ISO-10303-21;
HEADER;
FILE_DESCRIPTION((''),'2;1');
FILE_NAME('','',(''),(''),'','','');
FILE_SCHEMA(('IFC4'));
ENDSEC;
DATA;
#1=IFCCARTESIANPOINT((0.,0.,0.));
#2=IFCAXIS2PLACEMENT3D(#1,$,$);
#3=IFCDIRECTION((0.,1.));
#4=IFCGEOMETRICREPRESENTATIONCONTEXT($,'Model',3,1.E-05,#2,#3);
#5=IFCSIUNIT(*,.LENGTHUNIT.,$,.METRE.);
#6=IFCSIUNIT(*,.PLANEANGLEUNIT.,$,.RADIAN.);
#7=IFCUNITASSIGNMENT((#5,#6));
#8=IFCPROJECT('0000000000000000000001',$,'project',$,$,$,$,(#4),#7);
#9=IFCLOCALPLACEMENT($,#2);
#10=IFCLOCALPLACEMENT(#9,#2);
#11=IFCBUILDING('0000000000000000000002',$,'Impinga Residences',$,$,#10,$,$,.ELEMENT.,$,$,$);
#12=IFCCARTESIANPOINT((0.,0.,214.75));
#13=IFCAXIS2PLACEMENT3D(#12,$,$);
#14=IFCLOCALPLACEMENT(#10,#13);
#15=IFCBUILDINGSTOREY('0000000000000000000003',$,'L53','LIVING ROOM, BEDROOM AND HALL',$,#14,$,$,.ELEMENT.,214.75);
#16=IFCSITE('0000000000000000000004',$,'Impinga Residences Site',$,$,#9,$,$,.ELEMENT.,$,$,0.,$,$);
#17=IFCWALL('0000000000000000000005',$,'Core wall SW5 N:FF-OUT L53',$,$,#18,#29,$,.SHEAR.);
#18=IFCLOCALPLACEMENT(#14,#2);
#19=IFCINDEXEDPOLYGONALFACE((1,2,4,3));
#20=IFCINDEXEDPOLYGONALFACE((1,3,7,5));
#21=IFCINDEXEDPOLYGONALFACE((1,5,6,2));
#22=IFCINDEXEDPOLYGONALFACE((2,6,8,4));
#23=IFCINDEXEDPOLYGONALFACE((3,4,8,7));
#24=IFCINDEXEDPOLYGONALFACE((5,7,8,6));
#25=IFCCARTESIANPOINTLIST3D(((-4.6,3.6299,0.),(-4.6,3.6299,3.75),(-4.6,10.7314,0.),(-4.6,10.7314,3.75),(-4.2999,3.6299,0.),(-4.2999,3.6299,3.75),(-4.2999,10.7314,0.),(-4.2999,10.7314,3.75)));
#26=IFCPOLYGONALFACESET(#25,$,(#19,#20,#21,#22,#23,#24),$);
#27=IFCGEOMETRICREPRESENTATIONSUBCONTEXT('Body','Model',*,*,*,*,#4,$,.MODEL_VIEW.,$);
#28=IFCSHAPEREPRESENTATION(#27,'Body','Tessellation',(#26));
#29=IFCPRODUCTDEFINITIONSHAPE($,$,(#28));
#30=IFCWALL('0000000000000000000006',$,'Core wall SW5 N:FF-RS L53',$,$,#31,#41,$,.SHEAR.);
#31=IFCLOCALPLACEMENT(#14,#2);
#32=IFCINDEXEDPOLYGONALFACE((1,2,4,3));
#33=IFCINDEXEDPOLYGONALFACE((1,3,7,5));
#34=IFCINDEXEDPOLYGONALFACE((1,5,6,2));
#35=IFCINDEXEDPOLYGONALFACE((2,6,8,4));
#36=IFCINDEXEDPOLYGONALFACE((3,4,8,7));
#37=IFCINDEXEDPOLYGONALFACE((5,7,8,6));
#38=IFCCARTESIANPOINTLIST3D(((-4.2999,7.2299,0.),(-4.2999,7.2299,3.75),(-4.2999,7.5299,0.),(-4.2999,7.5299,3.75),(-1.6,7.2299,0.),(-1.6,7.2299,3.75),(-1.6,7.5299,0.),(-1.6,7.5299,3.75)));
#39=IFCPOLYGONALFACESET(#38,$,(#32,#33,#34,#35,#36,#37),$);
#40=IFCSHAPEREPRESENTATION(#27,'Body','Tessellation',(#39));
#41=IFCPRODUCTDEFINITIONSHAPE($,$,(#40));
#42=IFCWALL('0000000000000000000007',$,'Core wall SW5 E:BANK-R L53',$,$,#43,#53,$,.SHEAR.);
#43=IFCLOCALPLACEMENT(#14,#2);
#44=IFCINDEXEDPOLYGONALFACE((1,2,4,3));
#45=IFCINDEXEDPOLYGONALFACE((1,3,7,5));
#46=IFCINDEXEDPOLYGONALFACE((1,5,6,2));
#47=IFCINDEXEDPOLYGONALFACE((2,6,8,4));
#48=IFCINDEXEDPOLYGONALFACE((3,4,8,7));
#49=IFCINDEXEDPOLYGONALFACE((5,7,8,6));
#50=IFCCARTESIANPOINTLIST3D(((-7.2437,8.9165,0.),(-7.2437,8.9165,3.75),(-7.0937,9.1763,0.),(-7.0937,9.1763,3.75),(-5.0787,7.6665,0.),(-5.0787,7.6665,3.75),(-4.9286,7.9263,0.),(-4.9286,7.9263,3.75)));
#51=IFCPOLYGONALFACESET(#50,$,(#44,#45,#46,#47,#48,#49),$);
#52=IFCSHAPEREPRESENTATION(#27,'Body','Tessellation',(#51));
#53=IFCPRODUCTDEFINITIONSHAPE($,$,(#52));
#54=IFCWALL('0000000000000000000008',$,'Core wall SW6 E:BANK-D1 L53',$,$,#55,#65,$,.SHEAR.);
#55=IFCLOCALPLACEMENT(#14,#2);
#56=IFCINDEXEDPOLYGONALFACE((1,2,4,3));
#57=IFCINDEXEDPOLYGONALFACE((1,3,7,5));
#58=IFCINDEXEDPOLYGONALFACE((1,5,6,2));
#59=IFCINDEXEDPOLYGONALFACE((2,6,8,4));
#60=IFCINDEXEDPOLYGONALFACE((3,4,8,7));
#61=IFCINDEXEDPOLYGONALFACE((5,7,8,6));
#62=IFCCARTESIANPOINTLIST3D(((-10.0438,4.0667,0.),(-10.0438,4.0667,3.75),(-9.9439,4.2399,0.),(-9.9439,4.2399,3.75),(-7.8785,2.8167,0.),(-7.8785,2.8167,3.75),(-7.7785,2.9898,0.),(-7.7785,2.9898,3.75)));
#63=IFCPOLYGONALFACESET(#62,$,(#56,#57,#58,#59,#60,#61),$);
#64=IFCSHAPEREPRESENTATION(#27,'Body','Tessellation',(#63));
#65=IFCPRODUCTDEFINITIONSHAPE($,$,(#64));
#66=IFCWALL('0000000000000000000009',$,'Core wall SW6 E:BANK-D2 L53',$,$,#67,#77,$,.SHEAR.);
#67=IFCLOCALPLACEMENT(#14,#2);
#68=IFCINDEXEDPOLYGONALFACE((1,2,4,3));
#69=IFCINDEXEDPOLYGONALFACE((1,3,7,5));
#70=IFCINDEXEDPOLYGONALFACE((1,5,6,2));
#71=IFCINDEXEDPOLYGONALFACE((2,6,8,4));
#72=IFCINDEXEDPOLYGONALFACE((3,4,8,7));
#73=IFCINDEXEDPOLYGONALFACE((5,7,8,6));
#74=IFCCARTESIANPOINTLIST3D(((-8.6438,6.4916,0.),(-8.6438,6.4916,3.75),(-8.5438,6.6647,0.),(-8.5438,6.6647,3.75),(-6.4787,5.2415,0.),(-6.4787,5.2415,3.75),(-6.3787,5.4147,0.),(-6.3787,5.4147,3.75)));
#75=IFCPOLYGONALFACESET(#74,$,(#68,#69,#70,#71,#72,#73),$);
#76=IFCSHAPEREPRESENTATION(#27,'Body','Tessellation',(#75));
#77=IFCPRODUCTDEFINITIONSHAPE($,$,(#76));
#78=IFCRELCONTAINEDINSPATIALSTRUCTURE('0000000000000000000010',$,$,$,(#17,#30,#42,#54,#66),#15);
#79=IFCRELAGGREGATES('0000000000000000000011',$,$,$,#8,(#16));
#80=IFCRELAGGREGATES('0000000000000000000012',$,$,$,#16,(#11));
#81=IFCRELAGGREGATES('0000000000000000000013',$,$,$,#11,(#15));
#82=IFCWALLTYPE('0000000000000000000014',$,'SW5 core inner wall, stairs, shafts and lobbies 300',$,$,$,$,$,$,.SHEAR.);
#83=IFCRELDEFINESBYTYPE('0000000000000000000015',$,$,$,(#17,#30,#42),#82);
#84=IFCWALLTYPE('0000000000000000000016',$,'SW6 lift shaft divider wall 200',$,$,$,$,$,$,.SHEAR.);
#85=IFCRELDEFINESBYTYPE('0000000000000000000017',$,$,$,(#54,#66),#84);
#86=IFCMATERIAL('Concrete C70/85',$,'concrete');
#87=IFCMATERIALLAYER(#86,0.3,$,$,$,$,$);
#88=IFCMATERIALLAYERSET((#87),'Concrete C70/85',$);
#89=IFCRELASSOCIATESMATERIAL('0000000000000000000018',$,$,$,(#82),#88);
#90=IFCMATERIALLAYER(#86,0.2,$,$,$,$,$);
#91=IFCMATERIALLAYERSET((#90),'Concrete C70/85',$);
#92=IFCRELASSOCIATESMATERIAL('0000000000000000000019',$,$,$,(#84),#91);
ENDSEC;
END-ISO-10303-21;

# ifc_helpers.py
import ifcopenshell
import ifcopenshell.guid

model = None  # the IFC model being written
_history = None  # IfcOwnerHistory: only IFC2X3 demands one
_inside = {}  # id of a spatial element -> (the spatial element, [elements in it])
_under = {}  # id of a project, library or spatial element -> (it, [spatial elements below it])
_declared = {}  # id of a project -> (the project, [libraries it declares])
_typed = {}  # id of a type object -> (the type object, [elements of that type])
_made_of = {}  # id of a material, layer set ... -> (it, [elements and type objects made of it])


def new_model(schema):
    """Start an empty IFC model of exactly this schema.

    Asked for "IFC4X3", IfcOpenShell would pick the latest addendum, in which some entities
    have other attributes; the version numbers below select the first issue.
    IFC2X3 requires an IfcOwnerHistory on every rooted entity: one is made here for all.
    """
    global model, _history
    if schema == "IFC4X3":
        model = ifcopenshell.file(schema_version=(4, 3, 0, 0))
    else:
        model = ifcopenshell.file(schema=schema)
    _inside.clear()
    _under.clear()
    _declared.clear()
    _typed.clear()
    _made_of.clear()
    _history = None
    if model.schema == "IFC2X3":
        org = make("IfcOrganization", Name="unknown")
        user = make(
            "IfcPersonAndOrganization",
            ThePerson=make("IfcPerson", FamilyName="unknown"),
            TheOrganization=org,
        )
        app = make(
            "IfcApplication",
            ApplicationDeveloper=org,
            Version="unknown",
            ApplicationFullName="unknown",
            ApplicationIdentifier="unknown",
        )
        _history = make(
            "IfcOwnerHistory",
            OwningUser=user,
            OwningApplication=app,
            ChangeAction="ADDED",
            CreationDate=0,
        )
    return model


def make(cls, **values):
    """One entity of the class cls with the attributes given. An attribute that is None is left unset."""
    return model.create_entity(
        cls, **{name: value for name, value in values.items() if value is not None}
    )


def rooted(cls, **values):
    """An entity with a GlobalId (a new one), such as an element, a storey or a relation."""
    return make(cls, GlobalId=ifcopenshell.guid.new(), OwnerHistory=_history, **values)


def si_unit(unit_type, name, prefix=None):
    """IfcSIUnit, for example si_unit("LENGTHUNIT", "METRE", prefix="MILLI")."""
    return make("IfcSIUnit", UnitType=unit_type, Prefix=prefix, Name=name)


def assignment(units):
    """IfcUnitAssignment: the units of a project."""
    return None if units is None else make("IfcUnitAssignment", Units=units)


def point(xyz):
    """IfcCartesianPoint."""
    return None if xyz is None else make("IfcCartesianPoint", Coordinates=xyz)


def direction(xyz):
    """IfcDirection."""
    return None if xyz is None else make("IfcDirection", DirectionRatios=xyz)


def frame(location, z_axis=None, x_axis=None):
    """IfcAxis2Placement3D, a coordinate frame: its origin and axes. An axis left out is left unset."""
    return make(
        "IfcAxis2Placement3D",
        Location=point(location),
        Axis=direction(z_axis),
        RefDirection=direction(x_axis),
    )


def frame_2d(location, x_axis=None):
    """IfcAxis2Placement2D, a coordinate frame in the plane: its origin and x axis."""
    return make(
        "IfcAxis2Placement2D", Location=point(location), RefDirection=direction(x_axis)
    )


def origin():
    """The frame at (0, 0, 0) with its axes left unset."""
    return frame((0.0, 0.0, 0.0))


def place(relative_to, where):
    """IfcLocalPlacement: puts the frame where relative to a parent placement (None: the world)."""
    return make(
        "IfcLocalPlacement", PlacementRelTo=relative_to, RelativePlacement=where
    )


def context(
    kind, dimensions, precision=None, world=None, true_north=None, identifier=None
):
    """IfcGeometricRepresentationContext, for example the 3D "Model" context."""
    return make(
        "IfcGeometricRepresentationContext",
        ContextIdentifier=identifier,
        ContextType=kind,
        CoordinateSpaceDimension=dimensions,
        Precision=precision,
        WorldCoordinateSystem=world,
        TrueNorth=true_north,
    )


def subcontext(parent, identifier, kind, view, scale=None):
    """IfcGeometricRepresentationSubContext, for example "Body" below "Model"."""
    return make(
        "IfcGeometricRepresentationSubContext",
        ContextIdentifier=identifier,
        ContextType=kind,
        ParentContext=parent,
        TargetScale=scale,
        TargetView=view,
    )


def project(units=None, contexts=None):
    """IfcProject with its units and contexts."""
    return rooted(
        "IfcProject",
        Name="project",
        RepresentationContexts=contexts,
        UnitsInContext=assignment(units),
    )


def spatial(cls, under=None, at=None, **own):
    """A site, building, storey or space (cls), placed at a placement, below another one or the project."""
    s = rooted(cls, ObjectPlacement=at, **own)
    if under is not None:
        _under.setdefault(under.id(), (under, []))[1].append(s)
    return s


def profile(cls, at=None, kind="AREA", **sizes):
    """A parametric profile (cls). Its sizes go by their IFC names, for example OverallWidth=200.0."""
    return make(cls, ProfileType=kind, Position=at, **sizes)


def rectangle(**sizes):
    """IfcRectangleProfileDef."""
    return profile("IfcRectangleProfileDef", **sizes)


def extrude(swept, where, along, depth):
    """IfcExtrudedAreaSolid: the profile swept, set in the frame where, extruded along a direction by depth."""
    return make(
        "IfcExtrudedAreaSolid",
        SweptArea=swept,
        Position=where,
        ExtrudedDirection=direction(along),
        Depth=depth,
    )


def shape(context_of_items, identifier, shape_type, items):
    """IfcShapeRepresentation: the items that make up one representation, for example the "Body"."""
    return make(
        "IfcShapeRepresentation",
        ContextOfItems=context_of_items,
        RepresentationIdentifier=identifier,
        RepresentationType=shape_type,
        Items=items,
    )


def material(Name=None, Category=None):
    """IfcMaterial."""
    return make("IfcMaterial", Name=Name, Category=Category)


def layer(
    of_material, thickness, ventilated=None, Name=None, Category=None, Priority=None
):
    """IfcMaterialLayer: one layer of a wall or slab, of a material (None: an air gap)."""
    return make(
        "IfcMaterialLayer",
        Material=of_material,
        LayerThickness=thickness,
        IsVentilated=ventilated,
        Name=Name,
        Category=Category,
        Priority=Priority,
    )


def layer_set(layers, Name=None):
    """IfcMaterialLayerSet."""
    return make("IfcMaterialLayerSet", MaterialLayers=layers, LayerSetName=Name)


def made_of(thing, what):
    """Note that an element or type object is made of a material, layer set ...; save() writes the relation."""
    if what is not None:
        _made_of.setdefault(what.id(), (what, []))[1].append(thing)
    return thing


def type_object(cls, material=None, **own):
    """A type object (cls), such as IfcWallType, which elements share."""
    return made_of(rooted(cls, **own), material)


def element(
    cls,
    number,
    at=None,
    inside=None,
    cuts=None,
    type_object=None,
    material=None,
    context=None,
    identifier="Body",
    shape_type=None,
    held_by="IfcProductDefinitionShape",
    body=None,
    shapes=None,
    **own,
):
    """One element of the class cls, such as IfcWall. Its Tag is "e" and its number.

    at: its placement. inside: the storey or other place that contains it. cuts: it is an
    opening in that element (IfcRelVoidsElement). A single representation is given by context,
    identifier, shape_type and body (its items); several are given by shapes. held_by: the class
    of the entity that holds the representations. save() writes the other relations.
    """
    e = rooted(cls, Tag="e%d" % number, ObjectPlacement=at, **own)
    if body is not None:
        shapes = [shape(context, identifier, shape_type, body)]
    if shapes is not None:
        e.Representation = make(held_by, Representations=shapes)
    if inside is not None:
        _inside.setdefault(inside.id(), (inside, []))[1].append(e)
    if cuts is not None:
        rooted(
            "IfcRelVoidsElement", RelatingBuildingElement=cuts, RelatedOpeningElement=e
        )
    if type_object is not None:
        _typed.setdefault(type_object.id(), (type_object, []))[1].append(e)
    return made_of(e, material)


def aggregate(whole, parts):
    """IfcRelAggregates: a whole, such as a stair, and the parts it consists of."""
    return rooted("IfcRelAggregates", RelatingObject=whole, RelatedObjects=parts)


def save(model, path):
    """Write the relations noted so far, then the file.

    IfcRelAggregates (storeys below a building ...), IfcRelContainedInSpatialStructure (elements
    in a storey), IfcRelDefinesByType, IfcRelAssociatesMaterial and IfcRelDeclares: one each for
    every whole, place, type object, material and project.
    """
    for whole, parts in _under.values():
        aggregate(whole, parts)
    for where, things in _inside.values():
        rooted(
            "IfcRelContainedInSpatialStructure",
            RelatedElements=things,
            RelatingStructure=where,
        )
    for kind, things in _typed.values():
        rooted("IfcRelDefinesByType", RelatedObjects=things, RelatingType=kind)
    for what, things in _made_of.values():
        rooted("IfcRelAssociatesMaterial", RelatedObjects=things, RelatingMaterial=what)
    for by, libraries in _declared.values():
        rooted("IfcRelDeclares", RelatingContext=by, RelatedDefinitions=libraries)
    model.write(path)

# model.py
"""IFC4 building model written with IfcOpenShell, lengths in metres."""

from ifc_helpers import new_model, si_unit, direction, frame, frame_2d, origin, place, context, subcontext, project, spatial, rectangle, extrude, material, layer, layer_set, type_object, element, save


model = new_model("IFC4")

# Units and contexts
model_context = context("Model", 3, precision=1e-05, world=origin(), true_north=direction((0.0, 1.0)))
body_context = subcontext(model_context, "Body", "Model", "MODEL_VIEW")
ifc_project = project(units=[si_unit("LENGTHUNIT", "METRE"), si_unit("PLANEANGLEUNIT", "RADIAN")], contexts=[model_context])

# Site, building, storey
site_placement = place(None, origin())
site = spatial("IfcSite", under=ifc_project, at=site_placement, Name="Impinga Residences Site", CompositionType="ELEMENT", RefElevation=0.0)
building_placement = place(site_placement, origin())
building = spatial("IfcBuilding", under=site, at=building_placement, Name="Impinga Residences", CompositionType="ELEMENT")
storey_placement = place(building_placement, frame((0.0, 0.0, 214.75)))
storey = spatial("IfcBuildingStorey", under=building, at=storey_placement, Name="L53", Description="LIVING ROOM, BEDROOM AND HALL", CompositionType="ELEMENT", Elevation=214.75)

# Shared definitions
ifc_material_1 = material(Name="Concrete C70/85", Category="concrete")
ifc_layer_1 = layer(ifc_material_1, 0.3)
ifc_layer_set_1 = layer_set([ifc_layer_1], Name="Concrete C70/85")
wall_type_1 = type_object("IfcWallType", Name="SW5 core inner wall, stairs, shafts and lobbies 300", PredefinedType="SHEAR", material=ifc_layer_set_1)

# Walls
wall_1_placement = place(storey_placement, frame((-4.45, 3.6299, 0.0), z_axis=(0.0, 0.0, 1.0), x_axis=(0.0, 1.0, 0.0)))
element("IfcWall", 1, at=wall_1_placement, inside=storey, type_object=wall_type_1, Name="Core wall SW5 N:FF-OUT L53", PredefinedType="SHEAR", context=body_context, shape_type="SweptSolid", body=[
    extrude(rectangle(XDim=7.1016, YDim=0.3, at=frame_2d((3.5508, 0.0))), origin(), (0.0, 0.0, 1.0), 3.75),
])
wall_2_placement = place(storey_placement, frame((-4.3, 7.3799, 0.0), z_axis=(0.0, 0.0, 1.0), x_axis=(1.0, 0.0, 0.0)))
element("IfcWall", 2, at=wall_2_placement, inside=storey, type_object=wall_type_1, Name="Core wall SW5 N:FF-RS L53", PredefinedType="SHEAR", context=body_context, shape_type="SweptSolid", body=[
    extrude(rectangle(XDim=2.7, YDim=0.3, at=frame_2d((1.3501, 0.0))), origin(), (0.0, 0.0, 1.0), 3.75),
])
wall_3_placement = place(storey_placement, frame((-5.0037, 7.7964, 0.0), z_axis=(0.0, 0.0, 1.0), x_axis=(-0.866023, 0.500004, 0.0)))
element("IfcWall", 3, at=wall_3_placement, inside=storey, type_object=wall_type_1, Name="Core wall SW5 E:BANK-R L53", PredefinedType="SHEAR", context=body_context, shape_type="SweptSolid", body=[
    extrude(rectangle(XDim=2.5, YDim=0.3, at=frame_2d((1.25, 0.0))), origin(), (0.0, 0.0, 1.0), 3.75),
])
ifc_layer_2 = layer(ifc_material_1, 0.2)
ifc_layer_set_2 = layer_set([ifc_layer_2], Name="Concrete C70/85")
wall_type_2 = type_object("IfcWallType", Name="SW6 lift shaft divider wall 200", PredefinedType="SHEAR", material=ifc_layer_set_2)
wall_4_placement = place(storey_placement, frame((-7.8286, 2.9033, 0.0), z_axis=(0.0, 0.0, 1.0), x_axis=(-0.866047, 0.499962, 0.0)))
element("IfcWall", 4, at=wall_4_placement, inside=storey, type_object=wall_type_2, Name="Core wall SW6 E:BANK-D1 L53", PredefinedType="SHEAR", context=body_context, shape_type="SweptSolid", body=[
    extrude(rectangle(XDim=2.5002, YDim=0.2, at=frame_2d((1.25, 0.0))), origin(), (0.0, 0.0, 1.0), 3.75),
])
wall_5_placement = place(storey_placement, frame((-6.4287, 5.3281, 0.0), z_axis=(0.0, 0.0, 1.0), x_axis=(-0.866023, 0.500004, 0.0)))
element("IfcWall", 5, at=wall_5_placement, inside=storey, type_object=wall_type_2, Name="Core wall SW6 E:BANK-D2 L53", PredefinedType="SHEAR", context=body_context, shape_type="SweptSolid", body=[
    extrude(rectangle(XDim=2.5, YDim=0.2, at=frame_2d((1.25, 0.0))), origin(), (0.0, 0.0, 1.0), 3.75),
])

save(model, "model.ifc")
